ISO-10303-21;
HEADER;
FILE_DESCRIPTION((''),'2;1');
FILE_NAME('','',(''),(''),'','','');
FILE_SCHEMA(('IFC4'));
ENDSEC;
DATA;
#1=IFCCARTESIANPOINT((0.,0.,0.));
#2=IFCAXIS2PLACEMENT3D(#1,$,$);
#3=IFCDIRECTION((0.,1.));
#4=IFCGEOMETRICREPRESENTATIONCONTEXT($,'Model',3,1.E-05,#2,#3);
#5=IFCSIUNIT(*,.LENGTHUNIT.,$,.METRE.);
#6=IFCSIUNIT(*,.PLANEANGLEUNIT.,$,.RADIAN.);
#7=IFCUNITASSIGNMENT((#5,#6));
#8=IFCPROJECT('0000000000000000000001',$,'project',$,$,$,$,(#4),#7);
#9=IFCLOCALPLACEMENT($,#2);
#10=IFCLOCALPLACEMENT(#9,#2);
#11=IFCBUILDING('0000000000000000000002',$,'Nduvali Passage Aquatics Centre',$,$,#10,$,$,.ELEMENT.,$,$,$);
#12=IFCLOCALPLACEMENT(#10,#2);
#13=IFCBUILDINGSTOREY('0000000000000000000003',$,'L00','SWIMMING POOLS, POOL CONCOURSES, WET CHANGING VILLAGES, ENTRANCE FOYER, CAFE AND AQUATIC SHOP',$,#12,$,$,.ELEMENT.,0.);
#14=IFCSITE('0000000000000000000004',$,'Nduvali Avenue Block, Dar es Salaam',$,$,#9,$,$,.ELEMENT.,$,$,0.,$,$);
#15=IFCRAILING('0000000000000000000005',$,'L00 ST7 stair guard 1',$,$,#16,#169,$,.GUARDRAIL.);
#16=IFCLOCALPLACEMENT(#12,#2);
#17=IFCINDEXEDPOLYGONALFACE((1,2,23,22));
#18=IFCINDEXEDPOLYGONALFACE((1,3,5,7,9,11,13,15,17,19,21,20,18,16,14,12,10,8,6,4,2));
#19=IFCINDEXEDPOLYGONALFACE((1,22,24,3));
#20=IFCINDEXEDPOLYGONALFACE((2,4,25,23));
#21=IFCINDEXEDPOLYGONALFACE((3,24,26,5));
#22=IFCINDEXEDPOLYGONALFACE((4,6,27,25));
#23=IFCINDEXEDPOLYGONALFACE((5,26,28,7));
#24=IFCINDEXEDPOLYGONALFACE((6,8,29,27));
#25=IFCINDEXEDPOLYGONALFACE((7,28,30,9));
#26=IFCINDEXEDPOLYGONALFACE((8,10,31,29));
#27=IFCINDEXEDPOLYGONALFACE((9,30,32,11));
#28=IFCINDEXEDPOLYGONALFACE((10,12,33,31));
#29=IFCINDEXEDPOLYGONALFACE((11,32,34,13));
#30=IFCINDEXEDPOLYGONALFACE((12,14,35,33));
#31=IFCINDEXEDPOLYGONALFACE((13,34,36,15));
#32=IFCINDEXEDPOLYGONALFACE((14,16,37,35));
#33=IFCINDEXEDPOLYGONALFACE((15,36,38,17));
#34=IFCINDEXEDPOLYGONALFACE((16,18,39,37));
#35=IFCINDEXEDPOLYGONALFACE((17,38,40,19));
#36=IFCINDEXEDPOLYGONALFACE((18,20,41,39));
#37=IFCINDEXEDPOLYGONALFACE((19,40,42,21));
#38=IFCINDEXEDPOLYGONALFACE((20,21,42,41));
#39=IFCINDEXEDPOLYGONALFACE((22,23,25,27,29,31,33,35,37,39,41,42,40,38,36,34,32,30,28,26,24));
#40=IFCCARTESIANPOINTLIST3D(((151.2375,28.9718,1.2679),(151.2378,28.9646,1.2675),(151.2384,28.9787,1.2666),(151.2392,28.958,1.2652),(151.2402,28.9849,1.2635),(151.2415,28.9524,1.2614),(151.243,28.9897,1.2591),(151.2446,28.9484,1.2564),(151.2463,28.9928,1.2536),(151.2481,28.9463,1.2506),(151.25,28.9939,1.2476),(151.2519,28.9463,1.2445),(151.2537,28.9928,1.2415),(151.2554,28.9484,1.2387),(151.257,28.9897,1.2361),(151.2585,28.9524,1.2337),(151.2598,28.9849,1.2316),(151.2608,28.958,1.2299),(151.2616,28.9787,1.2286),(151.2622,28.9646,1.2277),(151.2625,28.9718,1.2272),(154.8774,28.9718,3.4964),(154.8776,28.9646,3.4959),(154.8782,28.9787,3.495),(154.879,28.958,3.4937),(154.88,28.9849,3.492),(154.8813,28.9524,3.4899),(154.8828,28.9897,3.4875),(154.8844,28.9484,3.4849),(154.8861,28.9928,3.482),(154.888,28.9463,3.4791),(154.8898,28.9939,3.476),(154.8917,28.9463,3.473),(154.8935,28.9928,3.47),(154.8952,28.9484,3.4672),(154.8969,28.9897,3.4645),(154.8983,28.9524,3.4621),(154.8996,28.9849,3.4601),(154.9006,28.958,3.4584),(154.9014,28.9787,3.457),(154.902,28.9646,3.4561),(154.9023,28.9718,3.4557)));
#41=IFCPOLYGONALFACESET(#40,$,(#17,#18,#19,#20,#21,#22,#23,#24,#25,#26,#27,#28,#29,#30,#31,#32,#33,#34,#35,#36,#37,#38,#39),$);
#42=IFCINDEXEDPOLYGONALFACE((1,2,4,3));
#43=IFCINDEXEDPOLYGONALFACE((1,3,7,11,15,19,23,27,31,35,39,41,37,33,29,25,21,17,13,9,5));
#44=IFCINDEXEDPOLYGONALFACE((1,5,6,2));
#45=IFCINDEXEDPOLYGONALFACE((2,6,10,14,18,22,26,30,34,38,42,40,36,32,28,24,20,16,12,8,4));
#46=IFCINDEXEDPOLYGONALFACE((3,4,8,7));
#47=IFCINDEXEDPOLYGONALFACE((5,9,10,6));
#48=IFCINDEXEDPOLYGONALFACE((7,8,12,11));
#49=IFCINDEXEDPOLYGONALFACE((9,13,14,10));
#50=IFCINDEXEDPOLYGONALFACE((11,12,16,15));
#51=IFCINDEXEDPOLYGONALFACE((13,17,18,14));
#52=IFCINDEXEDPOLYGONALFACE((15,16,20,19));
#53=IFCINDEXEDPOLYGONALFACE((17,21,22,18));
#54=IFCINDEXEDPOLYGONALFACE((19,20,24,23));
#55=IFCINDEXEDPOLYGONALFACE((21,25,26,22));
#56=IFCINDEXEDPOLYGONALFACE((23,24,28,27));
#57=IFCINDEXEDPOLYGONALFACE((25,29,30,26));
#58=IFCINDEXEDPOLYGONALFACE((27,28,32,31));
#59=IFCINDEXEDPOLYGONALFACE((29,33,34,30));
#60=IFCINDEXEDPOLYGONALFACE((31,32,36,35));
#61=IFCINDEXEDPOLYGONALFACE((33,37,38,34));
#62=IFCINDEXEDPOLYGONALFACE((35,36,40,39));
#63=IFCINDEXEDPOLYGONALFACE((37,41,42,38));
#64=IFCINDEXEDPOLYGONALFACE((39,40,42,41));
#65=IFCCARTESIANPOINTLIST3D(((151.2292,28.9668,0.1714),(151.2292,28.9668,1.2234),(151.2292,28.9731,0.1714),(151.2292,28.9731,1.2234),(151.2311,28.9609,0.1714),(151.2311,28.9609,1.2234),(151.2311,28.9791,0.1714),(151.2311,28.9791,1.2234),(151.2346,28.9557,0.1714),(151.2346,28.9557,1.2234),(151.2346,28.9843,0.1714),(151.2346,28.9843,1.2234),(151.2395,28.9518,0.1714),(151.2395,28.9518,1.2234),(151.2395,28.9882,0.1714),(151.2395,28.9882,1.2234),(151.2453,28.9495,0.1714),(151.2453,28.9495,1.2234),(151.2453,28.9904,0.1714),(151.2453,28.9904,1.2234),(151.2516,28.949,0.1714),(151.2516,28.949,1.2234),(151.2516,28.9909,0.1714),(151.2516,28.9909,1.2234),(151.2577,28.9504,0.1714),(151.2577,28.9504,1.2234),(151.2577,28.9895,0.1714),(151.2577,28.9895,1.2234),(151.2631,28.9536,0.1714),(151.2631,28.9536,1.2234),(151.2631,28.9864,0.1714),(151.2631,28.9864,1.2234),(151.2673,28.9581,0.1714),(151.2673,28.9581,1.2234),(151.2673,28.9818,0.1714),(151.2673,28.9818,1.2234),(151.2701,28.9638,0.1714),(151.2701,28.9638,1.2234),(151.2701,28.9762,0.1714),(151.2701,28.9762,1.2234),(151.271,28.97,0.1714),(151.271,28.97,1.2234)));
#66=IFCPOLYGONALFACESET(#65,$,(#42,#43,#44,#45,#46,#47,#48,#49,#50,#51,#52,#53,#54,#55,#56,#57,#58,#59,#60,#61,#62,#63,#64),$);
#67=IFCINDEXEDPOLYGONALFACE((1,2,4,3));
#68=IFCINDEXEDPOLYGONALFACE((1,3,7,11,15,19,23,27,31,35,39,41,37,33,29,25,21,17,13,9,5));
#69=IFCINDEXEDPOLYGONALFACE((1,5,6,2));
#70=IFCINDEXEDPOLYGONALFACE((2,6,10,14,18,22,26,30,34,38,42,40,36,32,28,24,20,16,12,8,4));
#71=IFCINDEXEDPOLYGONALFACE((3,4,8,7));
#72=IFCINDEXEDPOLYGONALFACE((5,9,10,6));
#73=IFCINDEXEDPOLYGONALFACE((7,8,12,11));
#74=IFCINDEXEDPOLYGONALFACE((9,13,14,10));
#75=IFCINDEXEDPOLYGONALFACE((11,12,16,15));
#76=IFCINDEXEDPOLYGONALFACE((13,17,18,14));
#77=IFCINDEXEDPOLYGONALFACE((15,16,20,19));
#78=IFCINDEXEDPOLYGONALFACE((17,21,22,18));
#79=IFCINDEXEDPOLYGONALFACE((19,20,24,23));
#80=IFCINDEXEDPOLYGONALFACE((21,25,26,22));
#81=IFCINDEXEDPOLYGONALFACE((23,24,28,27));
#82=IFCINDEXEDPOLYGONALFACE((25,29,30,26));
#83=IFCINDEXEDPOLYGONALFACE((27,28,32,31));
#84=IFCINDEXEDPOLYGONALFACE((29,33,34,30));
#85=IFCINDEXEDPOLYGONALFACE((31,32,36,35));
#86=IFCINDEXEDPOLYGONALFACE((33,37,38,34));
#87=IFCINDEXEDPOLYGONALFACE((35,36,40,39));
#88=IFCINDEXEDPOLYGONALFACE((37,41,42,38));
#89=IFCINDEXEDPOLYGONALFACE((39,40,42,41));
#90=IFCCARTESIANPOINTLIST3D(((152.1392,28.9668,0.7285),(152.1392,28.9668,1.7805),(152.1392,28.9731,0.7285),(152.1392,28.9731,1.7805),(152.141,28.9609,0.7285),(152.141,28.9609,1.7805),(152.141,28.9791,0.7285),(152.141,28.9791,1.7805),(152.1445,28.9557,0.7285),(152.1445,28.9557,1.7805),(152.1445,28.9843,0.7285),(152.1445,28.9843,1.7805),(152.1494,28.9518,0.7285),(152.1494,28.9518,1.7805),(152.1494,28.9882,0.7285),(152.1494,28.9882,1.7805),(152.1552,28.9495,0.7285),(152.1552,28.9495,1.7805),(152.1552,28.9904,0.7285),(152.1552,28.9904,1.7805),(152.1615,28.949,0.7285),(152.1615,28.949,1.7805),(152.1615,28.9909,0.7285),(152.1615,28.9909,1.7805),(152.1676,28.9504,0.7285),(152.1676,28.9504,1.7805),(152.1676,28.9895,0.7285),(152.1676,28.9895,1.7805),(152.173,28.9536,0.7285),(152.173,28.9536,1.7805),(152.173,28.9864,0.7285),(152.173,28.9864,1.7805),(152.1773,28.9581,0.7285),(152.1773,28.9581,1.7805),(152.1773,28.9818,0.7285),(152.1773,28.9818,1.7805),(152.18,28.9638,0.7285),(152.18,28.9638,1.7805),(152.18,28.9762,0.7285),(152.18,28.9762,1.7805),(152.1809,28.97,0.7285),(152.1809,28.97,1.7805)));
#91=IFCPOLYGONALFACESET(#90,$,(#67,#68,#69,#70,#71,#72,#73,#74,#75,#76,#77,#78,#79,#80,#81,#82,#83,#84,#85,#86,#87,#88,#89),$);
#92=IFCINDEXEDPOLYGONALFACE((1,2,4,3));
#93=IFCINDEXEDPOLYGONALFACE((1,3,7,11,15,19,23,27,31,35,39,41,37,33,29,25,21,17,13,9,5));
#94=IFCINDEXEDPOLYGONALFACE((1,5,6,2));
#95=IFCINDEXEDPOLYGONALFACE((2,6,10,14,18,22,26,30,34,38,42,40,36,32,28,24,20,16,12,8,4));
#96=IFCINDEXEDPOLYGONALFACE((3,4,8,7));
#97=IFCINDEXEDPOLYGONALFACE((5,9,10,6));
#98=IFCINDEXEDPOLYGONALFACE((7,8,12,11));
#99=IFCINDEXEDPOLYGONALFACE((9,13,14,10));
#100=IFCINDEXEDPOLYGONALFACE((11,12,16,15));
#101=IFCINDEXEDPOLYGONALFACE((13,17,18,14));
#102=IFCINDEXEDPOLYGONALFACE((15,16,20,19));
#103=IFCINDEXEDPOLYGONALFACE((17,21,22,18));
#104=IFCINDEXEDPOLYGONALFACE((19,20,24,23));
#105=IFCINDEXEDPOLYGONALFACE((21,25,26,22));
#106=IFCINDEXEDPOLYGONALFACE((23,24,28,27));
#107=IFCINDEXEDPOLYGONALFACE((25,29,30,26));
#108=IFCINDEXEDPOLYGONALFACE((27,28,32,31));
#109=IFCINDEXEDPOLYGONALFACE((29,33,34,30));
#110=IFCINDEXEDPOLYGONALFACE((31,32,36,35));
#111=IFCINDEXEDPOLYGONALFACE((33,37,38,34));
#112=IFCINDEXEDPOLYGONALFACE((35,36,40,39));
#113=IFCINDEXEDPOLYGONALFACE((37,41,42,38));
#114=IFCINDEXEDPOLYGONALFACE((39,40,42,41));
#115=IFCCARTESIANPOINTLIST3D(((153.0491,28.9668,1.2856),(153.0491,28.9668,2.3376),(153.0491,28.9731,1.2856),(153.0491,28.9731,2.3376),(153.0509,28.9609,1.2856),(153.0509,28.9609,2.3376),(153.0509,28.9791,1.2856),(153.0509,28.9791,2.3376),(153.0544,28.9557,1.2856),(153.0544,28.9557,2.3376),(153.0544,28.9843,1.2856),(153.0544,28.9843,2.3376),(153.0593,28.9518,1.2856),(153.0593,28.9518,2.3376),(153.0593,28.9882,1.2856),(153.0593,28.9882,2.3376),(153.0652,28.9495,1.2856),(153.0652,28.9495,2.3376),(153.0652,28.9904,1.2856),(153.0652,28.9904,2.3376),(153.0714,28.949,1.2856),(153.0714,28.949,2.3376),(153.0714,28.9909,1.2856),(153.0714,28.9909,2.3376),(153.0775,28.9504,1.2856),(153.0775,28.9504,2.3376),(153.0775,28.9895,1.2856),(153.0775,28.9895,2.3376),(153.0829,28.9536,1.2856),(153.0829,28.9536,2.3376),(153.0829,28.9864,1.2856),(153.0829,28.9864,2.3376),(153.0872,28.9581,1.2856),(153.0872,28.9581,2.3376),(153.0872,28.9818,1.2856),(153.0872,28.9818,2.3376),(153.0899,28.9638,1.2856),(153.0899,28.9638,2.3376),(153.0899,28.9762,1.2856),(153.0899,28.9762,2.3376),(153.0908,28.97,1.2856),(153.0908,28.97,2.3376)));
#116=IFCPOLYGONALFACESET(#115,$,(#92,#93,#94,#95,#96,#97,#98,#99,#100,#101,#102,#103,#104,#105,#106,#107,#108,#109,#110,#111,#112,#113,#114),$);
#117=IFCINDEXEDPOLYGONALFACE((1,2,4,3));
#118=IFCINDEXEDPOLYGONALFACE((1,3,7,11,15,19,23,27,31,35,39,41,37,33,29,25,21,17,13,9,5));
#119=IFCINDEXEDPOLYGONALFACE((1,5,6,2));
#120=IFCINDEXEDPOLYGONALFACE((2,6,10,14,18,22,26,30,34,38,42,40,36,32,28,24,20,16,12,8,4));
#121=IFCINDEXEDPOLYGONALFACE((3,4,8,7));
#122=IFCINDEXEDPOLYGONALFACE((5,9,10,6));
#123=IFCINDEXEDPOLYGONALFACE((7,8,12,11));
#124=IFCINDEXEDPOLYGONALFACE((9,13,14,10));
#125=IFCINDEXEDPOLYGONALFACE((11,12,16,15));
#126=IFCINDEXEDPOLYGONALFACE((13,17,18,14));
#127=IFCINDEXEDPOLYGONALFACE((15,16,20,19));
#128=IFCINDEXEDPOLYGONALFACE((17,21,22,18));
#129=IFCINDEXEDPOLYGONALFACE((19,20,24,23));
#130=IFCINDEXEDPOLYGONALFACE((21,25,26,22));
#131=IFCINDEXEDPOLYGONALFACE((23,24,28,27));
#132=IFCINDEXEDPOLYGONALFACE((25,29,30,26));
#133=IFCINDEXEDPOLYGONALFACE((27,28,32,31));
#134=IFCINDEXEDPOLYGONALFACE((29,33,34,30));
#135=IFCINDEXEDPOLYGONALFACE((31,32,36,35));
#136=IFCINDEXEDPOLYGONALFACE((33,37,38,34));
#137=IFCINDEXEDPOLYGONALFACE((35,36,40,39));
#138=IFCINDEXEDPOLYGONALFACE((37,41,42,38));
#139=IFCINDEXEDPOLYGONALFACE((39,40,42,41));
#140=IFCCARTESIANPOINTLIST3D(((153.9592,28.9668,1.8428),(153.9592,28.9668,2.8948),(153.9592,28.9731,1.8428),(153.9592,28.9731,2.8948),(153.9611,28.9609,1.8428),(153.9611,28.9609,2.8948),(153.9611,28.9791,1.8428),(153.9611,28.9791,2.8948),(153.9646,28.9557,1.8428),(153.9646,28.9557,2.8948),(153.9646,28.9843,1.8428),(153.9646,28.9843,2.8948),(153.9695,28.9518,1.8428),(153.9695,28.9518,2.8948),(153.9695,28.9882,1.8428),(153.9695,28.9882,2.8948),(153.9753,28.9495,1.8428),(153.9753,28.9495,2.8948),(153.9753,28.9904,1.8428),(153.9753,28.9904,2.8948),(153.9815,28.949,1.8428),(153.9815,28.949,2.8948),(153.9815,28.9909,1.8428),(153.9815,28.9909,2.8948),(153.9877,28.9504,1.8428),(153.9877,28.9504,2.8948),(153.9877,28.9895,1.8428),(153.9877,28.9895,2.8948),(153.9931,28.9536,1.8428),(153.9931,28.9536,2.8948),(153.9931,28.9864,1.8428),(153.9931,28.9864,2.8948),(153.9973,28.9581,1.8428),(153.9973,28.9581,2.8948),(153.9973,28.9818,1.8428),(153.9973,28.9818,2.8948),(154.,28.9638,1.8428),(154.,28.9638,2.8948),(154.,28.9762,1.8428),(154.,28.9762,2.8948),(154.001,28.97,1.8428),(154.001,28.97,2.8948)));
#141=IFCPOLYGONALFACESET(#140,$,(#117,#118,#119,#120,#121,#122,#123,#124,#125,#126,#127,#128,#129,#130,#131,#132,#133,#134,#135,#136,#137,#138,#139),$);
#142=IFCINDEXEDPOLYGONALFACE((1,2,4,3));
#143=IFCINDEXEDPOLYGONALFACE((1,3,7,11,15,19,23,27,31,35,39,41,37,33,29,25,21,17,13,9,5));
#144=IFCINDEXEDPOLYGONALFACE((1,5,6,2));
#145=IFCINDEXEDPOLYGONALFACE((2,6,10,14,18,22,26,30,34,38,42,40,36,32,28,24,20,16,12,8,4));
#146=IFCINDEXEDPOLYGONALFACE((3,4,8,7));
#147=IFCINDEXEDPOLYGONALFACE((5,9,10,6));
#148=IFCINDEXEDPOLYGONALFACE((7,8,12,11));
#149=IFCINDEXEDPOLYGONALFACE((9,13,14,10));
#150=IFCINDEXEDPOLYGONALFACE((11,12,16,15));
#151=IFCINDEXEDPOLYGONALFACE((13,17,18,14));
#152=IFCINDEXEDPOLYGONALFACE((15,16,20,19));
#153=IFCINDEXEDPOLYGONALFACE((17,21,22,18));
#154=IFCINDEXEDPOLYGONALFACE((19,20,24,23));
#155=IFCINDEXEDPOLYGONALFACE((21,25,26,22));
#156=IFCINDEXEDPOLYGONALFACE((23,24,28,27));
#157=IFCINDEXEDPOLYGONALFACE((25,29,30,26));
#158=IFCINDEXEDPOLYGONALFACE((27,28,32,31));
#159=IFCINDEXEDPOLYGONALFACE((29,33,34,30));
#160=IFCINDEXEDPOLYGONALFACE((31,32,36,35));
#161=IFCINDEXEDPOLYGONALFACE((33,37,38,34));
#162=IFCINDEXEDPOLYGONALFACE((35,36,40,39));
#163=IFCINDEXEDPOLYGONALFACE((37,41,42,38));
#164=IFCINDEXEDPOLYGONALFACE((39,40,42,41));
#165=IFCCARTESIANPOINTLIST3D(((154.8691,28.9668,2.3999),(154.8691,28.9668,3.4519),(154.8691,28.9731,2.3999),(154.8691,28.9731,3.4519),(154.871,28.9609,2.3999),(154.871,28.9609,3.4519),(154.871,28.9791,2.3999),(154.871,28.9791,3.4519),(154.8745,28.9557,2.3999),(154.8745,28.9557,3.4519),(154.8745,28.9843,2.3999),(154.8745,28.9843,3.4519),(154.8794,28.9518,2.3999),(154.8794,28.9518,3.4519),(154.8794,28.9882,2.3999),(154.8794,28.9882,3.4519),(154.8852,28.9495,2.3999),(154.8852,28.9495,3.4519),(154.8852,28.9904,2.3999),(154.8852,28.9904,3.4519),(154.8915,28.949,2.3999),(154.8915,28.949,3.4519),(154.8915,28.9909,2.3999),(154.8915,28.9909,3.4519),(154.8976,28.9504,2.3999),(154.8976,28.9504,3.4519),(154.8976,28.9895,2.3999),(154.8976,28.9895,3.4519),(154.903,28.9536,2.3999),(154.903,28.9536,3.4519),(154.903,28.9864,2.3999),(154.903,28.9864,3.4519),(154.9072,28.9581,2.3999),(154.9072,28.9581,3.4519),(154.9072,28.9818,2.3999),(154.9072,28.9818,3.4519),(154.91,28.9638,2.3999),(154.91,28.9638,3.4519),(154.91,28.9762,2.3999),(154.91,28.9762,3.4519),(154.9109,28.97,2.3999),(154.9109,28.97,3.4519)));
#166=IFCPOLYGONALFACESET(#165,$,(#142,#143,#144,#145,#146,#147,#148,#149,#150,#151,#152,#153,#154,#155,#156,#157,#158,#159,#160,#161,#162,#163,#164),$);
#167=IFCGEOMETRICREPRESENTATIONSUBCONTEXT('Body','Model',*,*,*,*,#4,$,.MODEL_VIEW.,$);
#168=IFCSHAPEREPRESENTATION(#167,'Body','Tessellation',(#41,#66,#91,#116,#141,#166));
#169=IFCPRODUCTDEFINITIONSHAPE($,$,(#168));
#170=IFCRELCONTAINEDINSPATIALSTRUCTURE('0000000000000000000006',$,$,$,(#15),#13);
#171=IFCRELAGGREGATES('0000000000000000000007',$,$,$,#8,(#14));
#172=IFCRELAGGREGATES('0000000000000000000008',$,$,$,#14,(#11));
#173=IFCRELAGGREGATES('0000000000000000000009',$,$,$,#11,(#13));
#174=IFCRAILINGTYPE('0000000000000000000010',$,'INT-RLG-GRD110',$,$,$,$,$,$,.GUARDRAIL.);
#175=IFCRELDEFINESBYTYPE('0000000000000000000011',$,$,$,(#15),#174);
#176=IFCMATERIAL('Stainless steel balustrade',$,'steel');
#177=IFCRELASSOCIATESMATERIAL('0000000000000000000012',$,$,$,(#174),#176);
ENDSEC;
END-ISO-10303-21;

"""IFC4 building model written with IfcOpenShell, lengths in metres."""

from ifc_helpers import new_model, si_unit, direction, frame, origin, origin_2d, place, context, subcontext, project, spatial, circle, extrude, material, type_object, element, save


model = new_model("IFC4")

# Units and contexts
model_context = context("Model", 3, precision=1e-05, world=origin(), true_north=direction((0.0, 1.0)))
body_context = subcontext(model_context, "Body", "Model", "MODEL_VIEW")
ifc_project = project(units=[si_unit("LENGTHUNIT", "METRE"), si_unit("PLANEANGLEUNIT", "RADIAN")], contexts=[model_context])

# Site, building, storey
site_placement = place(None, origin())
site = spatial("IfcSite", under=ifc_project, at=site_placement, Name="Nduvali Avenue Block, Dar es Salaam", CompositionType="ELEMENT", RefElevation=0.0)
building_placement = place(site_placement, origin())
building = spatial("IfcBuilding", under=site, at=building_placement, Name="Nduvali Passage Aquatics Centre", CompositionType="ELEMENT")
storey_placement = place(building_placement, origin())
storey = spatial("IfcBuildingStorey", under=building, at=storey_placement, Name="L00", Description="SWIMMING POOLS, POOL CONCOURSES, WET CHANGING VILLAGES, ENTRANCE FOYER, CAFE AND AQUATIC SHOP", CompositionType="ELEMENT", Elevation=0.0)

# Railing
ifc_material_1 = material(Name="Stainless steel balustrade", Category="steel")
railing_type_1 = type_object("IfcRailingType", Name="INT-RLG-GRD110", PredefinedType="GUARDRAIL", material=ifc_material_1)
railing_1_placement = place(storey_placement, frame((151.25, 28.97, 0.1714)))
element("IfcRailing", 1, at=railing_1_placement, inside=storey, type_object=railing_type_1, Name="L00 ST7 stair guard 1", PredefinedType="GUARDRAIL", context=body_context, shape_type="SweptSolid", body=[
    extrude(circle(Radius=0.0239, at=origin_2d()), frame((0.0, 0.0, 1.0762), z_axis=(0.85285, 0.0, 0.522156), x_axis=(0.0, 1.0, 0.0)), (0.0, 0.0, 1.0), 4.2678),
    extrude(circle(Radius=0.021, at=origin_2d()), origin(), (0.0, 0.0, 1.0), 1.052),
    extrude(circle(Radius=0.021, at=origin_2d()), frame((0.9099, 0.0, 0.5571)), (0.0, 0.0, 1.0), 1.052),
    extrude(circle(Radius=0.021, at=origin_2d()), frame((1.8198, 0.0, 1.1143)), (0.0, 0.0, 1.0), 1.052),
    extrude(circle(Radius=0.021, at=origin_2d()), frame((2.73, 0.0, 1.6714)), (0.0, 0.0, 1.0), 1.052),
    extrude(circle(Radius=0.021, at=origin_2d()), frame((3.6399, 0.0, 2.2285)), (0.0, 0.0, 1.0), 1.052),
])

save(model, "model.ifc")
